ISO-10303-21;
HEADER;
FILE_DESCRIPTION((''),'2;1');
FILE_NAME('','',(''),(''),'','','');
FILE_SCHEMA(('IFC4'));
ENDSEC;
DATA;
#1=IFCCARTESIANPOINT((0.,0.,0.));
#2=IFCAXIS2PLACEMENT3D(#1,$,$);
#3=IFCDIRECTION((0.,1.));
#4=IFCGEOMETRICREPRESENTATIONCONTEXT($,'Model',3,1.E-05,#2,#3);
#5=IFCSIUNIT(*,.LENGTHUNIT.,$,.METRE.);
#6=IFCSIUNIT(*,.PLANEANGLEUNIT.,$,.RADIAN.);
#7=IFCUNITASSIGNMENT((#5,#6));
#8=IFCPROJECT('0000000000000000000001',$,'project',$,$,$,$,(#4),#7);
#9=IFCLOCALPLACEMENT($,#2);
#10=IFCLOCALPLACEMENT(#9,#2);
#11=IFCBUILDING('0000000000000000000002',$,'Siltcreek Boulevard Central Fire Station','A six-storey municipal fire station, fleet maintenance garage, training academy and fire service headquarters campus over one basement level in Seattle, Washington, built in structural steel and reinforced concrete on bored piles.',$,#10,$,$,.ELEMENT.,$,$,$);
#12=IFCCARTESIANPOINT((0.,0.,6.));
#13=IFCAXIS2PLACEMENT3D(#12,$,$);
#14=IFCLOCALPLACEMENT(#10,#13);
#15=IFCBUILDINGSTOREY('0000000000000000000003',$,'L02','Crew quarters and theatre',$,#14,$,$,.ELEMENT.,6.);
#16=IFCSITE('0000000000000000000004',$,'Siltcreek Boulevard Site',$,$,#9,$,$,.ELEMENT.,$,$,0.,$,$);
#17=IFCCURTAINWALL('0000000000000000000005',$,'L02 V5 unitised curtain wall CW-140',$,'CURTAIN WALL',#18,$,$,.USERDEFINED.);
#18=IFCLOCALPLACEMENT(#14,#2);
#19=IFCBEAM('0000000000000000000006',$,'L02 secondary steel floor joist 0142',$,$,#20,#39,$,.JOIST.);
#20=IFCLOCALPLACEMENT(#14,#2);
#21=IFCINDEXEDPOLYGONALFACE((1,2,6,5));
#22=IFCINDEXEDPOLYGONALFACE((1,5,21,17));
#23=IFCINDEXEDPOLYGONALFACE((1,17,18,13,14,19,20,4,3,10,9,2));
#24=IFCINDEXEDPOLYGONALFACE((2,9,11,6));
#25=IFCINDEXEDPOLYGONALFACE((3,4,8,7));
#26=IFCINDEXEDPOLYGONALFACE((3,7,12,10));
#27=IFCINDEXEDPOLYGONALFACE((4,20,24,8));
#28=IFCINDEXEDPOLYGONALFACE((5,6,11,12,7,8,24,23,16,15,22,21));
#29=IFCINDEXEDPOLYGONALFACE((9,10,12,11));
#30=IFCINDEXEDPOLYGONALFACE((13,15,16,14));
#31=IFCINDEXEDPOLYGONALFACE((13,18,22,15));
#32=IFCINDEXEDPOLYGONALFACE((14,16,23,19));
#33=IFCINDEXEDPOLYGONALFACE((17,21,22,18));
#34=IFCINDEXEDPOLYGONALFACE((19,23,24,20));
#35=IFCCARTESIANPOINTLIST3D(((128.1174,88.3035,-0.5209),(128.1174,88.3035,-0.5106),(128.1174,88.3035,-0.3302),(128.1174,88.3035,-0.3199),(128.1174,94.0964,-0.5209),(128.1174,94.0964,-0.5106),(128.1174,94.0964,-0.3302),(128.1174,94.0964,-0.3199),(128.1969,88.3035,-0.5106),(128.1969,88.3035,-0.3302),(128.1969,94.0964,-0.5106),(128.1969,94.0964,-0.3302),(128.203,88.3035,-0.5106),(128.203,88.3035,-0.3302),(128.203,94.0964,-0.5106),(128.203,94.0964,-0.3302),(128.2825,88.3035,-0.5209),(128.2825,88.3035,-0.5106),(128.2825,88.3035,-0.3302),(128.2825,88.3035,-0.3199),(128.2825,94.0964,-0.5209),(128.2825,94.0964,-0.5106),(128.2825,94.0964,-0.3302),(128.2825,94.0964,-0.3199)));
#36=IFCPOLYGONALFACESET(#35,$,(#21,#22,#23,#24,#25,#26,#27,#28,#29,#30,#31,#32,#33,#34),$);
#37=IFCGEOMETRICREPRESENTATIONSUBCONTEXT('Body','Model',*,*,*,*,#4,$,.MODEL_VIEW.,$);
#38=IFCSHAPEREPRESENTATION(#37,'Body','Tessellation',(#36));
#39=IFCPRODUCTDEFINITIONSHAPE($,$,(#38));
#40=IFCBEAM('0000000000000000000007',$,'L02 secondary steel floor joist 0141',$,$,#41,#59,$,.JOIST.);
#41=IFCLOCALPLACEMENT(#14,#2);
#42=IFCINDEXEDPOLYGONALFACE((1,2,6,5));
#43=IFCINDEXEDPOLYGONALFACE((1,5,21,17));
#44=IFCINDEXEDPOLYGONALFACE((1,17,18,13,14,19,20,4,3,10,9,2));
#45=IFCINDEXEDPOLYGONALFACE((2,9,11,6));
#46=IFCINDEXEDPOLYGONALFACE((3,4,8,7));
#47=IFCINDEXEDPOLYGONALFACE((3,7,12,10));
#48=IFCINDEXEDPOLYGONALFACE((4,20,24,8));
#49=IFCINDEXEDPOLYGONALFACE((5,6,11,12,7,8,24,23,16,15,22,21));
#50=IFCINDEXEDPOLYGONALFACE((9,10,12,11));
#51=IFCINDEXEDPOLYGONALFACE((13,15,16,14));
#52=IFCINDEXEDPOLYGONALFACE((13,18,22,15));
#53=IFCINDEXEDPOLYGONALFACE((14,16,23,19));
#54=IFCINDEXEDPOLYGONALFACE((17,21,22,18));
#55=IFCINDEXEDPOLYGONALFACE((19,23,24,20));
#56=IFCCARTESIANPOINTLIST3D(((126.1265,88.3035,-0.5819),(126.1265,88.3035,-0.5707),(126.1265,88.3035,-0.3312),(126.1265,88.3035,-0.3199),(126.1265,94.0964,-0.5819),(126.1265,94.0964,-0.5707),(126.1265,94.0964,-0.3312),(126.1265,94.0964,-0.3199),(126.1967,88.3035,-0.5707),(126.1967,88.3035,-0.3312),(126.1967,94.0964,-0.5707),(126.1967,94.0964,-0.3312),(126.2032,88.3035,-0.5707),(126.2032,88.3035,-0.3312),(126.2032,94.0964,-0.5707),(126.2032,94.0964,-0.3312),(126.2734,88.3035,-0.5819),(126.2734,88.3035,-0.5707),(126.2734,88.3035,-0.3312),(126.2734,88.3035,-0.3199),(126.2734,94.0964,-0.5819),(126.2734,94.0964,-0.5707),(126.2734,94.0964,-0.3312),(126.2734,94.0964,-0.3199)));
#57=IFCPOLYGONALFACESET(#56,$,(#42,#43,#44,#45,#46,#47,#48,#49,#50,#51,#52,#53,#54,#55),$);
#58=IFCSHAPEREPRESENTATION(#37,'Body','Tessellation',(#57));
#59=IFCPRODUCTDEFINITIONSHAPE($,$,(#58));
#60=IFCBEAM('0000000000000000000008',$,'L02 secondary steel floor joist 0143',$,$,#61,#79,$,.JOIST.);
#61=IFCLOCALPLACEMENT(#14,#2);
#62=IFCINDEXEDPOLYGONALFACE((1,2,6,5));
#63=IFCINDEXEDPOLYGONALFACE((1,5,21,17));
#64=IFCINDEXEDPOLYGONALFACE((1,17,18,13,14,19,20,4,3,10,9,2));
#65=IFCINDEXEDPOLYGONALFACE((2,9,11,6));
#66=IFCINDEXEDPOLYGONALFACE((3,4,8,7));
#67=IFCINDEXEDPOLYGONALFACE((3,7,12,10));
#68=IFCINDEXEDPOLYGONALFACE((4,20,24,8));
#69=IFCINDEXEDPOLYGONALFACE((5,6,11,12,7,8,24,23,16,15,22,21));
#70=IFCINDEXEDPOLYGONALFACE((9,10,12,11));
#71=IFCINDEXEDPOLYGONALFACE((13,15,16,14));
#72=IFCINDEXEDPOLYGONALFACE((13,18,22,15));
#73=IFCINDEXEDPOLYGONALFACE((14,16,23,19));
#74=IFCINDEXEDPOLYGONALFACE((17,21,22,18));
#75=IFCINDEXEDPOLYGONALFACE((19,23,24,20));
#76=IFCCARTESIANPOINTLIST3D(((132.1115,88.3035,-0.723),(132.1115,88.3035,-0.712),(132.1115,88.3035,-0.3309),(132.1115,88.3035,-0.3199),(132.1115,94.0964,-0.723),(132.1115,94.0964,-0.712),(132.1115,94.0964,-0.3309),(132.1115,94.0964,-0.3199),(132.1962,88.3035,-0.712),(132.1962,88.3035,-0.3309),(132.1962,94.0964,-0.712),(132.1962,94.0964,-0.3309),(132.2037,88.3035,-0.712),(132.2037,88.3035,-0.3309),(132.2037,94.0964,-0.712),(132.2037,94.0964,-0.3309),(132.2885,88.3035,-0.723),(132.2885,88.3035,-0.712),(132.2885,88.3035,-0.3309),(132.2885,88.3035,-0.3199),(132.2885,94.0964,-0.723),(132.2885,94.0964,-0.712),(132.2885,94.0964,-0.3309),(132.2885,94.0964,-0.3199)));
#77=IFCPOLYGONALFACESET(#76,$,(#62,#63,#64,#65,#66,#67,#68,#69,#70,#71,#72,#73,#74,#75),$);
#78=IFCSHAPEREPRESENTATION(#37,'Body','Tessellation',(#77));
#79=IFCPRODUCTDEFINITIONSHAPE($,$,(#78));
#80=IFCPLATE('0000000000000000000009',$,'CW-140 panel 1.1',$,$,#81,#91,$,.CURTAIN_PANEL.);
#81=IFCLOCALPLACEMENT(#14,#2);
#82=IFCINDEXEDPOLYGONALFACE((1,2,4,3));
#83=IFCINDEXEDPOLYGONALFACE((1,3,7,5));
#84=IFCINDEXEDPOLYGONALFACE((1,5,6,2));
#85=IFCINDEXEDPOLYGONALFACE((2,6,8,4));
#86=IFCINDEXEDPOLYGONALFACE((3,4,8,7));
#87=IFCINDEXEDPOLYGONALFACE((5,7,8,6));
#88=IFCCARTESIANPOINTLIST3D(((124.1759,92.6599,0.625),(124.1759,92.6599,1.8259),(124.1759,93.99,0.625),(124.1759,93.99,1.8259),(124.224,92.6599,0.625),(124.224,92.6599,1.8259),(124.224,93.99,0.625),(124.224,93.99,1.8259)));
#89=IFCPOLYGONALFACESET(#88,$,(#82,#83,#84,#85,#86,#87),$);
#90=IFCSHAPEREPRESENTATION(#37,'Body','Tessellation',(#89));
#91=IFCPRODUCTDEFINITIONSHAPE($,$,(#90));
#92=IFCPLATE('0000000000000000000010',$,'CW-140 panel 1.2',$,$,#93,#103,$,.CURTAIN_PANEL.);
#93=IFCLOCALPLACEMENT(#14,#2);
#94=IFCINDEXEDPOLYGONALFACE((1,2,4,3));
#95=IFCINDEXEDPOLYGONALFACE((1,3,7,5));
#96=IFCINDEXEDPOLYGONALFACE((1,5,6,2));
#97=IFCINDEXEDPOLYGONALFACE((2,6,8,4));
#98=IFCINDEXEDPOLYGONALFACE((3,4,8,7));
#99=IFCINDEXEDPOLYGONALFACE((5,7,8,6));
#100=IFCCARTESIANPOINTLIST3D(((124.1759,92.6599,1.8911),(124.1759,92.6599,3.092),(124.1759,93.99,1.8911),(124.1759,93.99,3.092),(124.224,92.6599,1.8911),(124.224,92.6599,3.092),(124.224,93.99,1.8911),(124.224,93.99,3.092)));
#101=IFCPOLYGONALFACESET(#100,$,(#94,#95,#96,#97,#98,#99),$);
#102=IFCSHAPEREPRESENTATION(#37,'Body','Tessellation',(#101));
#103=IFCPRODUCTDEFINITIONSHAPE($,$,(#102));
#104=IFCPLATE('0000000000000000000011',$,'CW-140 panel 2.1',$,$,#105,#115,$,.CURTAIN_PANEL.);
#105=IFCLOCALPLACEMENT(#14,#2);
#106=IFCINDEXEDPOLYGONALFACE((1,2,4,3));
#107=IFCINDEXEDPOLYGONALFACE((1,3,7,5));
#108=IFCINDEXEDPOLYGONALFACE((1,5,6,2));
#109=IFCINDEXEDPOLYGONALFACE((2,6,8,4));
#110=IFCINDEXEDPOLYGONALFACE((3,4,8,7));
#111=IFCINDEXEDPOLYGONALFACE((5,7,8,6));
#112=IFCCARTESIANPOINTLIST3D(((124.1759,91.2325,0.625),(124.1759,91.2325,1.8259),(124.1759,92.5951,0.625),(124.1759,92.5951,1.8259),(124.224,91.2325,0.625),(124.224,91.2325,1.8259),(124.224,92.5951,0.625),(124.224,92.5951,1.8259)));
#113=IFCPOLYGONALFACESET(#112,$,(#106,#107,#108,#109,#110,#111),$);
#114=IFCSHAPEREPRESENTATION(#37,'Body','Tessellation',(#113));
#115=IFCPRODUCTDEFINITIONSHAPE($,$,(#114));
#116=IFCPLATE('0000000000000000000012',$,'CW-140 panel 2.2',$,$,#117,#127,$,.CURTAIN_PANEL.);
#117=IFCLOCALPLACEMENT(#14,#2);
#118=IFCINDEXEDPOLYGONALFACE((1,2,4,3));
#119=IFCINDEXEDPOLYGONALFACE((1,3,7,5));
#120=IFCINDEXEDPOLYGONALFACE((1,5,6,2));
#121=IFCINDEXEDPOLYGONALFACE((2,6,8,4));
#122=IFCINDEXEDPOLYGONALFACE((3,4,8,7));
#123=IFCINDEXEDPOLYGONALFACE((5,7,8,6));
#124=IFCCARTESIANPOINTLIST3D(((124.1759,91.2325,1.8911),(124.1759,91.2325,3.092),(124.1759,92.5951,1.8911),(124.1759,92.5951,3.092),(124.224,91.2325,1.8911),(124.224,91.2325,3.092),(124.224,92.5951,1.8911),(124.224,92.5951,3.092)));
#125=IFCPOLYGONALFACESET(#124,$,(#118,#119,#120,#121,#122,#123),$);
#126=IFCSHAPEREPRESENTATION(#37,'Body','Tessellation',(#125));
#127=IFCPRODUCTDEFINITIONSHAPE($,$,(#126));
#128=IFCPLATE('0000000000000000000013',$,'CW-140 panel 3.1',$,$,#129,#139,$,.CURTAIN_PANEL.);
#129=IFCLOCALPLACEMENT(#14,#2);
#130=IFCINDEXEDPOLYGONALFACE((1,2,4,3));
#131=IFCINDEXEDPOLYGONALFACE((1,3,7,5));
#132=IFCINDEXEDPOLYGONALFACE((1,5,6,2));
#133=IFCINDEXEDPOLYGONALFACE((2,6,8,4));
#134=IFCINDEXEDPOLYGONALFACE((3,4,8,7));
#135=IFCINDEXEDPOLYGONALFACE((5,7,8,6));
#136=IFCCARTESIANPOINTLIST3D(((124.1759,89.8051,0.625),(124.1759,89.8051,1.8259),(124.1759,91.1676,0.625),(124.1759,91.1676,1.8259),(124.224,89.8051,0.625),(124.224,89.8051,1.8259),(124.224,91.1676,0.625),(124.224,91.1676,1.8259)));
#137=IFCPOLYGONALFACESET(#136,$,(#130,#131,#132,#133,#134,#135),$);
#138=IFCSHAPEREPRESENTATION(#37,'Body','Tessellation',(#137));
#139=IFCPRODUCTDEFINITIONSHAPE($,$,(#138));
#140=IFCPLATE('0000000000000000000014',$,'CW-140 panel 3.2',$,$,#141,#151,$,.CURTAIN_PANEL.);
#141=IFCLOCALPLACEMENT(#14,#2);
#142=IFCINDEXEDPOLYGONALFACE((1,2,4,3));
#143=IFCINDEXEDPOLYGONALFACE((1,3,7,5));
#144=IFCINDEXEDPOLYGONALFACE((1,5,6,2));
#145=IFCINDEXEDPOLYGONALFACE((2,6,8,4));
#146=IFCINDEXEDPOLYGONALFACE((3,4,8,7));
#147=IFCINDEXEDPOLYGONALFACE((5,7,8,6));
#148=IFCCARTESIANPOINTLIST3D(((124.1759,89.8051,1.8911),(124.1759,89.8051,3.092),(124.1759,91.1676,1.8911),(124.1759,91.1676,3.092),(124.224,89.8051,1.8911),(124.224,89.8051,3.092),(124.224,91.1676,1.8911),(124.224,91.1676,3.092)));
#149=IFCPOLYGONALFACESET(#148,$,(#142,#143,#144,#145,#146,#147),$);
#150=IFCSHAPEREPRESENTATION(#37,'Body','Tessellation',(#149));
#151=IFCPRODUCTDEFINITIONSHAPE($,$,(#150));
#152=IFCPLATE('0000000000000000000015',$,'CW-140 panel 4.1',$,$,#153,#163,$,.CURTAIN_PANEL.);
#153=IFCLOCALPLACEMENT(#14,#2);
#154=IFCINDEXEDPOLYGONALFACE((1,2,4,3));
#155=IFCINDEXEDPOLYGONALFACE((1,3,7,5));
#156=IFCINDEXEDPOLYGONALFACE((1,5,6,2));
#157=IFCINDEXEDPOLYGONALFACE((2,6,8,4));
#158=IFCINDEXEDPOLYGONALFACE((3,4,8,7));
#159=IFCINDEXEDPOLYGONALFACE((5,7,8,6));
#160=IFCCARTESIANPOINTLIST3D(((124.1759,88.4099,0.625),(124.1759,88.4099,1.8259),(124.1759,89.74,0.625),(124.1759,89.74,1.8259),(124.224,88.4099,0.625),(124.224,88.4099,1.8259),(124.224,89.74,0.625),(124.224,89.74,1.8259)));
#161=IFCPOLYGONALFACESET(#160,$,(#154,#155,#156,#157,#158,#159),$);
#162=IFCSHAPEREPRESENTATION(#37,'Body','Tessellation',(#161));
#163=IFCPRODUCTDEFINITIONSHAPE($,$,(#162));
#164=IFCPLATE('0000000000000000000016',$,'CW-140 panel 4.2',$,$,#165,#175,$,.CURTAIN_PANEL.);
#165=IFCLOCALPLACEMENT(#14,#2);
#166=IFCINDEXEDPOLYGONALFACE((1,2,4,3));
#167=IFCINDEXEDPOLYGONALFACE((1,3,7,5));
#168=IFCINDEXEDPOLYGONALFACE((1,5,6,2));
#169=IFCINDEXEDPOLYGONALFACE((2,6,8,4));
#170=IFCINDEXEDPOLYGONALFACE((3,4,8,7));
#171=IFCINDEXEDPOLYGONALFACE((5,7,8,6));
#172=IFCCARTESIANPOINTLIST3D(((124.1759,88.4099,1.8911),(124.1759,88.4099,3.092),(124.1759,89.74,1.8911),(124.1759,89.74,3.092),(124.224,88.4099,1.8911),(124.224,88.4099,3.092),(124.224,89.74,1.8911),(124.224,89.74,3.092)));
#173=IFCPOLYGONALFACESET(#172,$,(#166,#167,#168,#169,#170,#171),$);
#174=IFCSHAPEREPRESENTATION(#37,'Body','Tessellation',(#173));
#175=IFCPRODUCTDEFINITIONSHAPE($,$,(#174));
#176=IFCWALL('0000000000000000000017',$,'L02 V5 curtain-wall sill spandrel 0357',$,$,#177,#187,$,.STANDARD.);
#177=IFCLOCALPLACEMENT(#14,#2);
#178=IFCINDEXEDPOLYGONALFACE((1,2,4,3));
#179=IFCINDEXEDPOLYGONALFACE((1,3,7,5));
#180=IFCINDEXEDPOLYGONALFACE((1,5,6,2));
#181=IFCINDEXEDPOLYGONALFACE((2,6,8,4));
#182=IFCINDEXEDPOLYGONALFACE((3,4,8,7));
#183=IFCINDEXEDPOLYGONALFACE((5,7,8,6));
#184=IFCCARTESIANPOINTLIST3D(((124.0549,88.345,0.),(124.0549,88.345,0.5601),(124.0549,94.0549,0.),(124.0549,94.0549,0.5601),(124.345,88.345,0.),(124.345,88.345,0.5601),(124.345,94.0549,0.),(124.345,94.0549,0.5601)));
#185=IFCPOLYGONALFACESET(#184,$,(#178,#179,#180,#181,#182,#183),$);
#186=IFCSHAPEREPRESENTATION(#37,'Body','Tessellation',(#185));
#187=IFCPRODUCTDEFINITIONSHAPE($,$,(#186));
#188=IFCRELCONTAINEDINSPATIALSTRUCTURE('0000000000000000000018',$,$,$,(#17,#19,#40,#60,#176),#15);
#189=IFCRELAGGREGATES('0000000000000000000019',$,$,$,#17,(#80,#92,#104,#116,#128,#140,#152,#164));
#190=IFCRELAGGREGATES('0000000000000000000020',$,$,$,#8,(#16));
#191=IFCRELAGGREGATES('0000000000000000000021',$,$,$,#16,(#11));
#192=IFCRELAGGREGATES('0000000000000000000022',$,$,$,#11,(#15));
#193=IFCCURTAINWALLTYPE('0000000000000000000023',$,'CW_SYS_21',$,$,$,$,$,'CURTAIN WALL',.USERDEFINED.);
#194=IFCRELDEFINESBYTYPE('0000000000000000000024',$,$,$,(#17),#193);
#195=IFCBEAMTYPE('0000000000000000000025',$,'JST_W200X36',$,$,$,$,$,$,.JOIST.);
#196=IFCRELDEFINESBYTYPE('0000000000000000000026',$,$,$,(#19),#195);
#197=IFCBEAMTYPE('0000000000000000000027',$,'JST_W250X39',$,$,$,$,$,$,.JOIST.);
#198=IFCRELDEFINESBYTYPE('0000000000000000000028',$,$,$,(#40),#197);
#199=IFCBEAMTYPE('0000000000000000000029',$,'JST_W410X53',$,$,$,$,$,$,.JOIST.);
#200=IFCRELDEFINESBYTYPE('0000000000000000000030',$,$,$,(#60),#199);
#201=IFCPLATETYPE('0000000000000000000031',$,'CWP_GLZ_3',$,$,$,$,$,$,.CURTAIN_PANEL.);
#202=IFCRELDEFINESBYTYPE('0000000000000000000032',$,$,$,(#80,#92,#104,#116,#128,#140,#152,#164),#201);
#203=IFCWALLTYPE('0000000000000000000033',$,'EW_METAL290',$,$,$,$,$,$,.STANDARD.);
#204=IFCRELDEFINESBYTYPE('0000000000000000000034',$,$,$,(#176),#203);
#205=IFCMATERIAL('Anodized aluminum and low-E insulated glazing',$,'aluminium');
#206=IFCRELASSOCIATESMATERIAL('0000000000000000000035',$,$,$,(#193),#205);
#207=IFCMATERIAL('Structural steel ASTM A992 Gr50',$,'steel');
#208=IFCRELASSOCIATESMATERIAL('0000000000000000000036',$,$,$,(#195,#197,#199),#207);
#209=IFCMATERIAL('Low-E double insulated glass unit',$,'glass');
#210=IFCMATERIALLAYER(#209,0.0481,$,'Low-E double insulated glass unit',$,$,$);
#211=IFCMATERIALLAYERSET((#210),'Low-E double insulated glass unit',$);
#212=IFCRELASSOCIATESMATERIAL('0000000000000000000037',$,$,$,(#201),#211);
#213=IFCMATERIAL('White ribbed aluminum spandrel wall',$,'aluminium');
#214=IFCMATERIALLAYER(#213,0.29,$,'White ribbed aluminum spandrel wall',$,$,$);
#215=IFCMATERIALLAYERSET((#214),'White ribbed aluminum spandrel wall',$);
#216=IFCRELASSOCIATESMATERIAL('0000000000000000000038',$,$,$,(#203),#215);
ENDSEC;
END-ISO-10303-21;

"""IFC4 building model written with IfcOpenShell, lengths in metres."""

from ifc_helpers import new_model, si_unit, direction, frame, frame_2d, origin, origin_2d, place, context, subcontext, project, spatial, rectangle, i_section, extrude, material, layer, layer_set, material_profile, profile_set, type_object, element, aggregate, save


model = new_model("IFC4")

# Units and contexts
model_context = context("Model", 3, precision=1e-05, world=origin(), true_north=direction((0.0, 1.0)))
body_context = subcontext(model_context, "Body", "Model", "MODEL_VIEW")
ifc_project = project(units=[si_unit("LENGTHUNIT", "METRE"), si_unit("PLANEANGLEUNIT", "RADIAN")], contexts=[model_context])

# Site, building, storey
site_placement = place(None, origin())
site = spatial("IfcSite", under=ifc_project, at=site_placement, Name="Siltcreek Boulevard Site", CompositionType="ELEMENT", RefElevation=0.0)
building_placement = place(site_placement, origin())
building = spatial("IfcBuilding", under=site, at=building_placement, Name="Siltcreek Boulevard Central Fire Station", Description="A six-storey municipal fire station, fleet maintenance garage, training academy and fire service headquarters campus over one basement level in Seattle, Washington, built in structural steel and reinforced concrete on bored piles.", CompositionType="ELEMENT")
storey_placement = place(building_placement, frame((0.0, 0.0, 6.0)))
storey = spatial("IfcBuildingStorey", under=building, at=storey_placement, Name="L02", Description="Crew quarters and theatre", CompositionType="ELEMENT", Elevation=6.0)

# Shared definitions
ifc_material_1 = material(Name="Structural steel ASTM A992 Gr50", Category="steel")

# Curtain wall
ifc_material_2 = material(Name="Anodized aluminum and low-E insulated glazing", Category="aluminium")
curtain_wall_type = type_object("IfcCurtainWallType", Name="CW_SYS_21", ElementType="CURTAIN WALL", PredefinedType="USERDEFINED", material=ifc_material_2)
curtain_wall_placement = place(storey_placement, origin())
curtain_wall = element("IfcCurtainWall", 1, at=curtain_wall_placement, inside=storey, type_object=curtain_wall_type, Name="L02 V5 unitised curtain wall CW-140", ObjectType="CURTAIN WALL", PredefinedType="USERDEFINED")

# Beams
ifc_material_profile_1 = material_profile(ifc_material_1, i_section(OverallWidth=0.165, OverallDepth=0.2009, WebThickness=0.0061, FlangeThickness=0.0103, at=origin_2d()), Name="W200X36")
ifc_profile_set_1 = profile_set([ifc_material_profile_1], Name="Structural steel ASTM A992 Gr50")
beam_type_1 = type_object("IfcBeamType", Name="JST_W200X36", PredefinedType="JOIST", material=ifc_profile_set_1)
beam_1_placement = place(storey_placement, frame((128.2, 88.3035, -0.4204), z_axis=(0.0, 1.0, 0.0), x_axis=(-1.0, 0.0, 0.0)))
element("IfcBeam", 2, at=beam_1_placement, inside=storey, type_object=beam_type_1, Name="L02 secondary steel floor joist 0142", PredefinedType="JOIST", context=body_context, shape_type="SweptSolid", body=[
    extrude(i_section(OverallWidth=0.165, OverallDepth=0.2009, WebThickness=0.0061, FlangeThickness=0.0103, at=origin_2d()), origin(), (0.0, 0.0, 1.0), 5.793),
])
ifc_material_profile_2 = material_profile(ifc_material_1, i_section(OverallWidth=0.147, OverallDepth=0.262, WebThickness=0.0066, FlangeThickness=0.0112, at=origin_2d()), Name="W250X39")
ifc_profile_set_2 = profile_set([ifc_material_profile_2], Name="Structural steel ASTM A992 Gr50")
beam_type_2 = type_object("IfcBeamType", Name="JST_W250X39", PredefinedType="JOIST", material=ifc_profile_set_2)
beam_2_placement = place(storey_placement, frame((126.2, 88.3035, -0.4509), z_axis=(0.0, 1.0, 0.0), x_axis=(-1.0, 0.0, 0.0)))
element("IfcBeam", 3, at=beam_2_placement, inside=storey, type_object=beam_type_2, Name="L02 secondary steel floor joist 0141", PredefinedType="JOIST", context=body_context, shape_type="SweptSolid", body=[
    extrude(i_section(OverallWidth=0.147, OverallDepth=0.262, WebThickness=0.0066, FlangeThickness=0.0112, at=origin_2d()), origin(), (0.0, 0.0, 1.0), 5.793),
])
ifc_material_profile_3 = material_profile(ifc_material_1, i_section(OverallWidth=0.177, OverallDepth=0.4031, WebThickness=0.0076, FlangeThickness=0.011, at=origin_2d()), Name="W410X53")
ifc_profile_set_3 = profile_set([ifc_material_profile_3], Name="Structural steel ASTM A992 Gr50")
beam_type_3 = type_object("IfcBeamType", Name="JST_W410X53", PredefinedType="JOIST", material=ifc_profile_set_3)
beam_3_placement = place(storey_placement, frame((132.2, 88.3035, -0.5215), z_axis=(0.0, 1.0, 0.0), x_axis=(-1.0, 0.0, 0.0)))
element("IfcBeam", 4, at=beam_3_placement, inside=storey, type_object=beam_type_3, Name="L02 secondary steel floor joist 0143", PredefinedType="JOIST", context=body_context, shape_type="SweptSolid", body=[
    extrude(i_section(OverallWidth=0.177, OverallDepth=0.4031, WebThickness=0.0076, FlangeThickness=0.011, at=origin_2d()), origin(), (0.0, 0.0, 1.0), 5.793),
])

# Plates
ifc_material_3 = material(Name="Low-E double insulated glass unit", Category="glass")
ifc_layer_1 = layer(ifc_material_3, 0.0481, Name="Low-E double insulated glass unit")
ifc_layer_set_1 = layer_set([ifc_layer_1], Name="Low-E double insulated glass unit")
plate_type = type_object("IfcPlateType", Name="CWP_GLZ_3", PredefinedType="CURTAIN_PANEL", material=ifc_layer_set_1)
plate_1_placement = place(storey_placement, frame((124.2, 93.325, 0.625), z_axis=(0.0, 0.0, 1.0), x_axis=(0.0, -1.0, 0.0)))
plate_1 = element("IfcPlate", 5, at=plate_1_placement, type_object=plate_type, Name="CW-140 panel 1.1", PredefinedType="CURTAIN_PANEL", context=body_context, shape_type="SweptSolid", body=[
    extrude(rectangle(XDim=1.3301, YDim=0.0481, at=origin_2d()), origin(), (0.0, 0.0, 1.0), 1.2009),
])
plate_2_placement = place(storey_placement, frame((124.2, 93.325, 1.8911), z_axis=(0.0, 0.0, 1.0), x_axis=(0.0, -1.0, 0.0)))
plate_2 = element("IfcPlate", 6, at=plate_2_placement, type_object=plate_type, Name="CW-140 panel 1.2", PredefinedType="CURTAIN_PANEL", context=body_context, shape_type="SweptSolid", body=[
    extrude(rectangle(XDim=1.3301, YDim=0.0481, at=origin_2d()), origin(), (0.0, 0.0, 1.0), 1.2009),
])
plate_3_placement = place(storey_placement, frame((124.2, 91.9138, 0.625), z_axis=(0.0, 0.0, 1.0), x_axis=(0.0, -1.0, 0.0)))
plate_3 = element("IfcPlate", 7, at=plate_3_placement, type_object=plate_type, Name="CW-140 panel 2.1", PredefinedType="CURTAIN_PANEL", context=body_context, shape_type="SweptSolid", body=[
    extrude(rectangle(XDim=1.3625, YDim=0.0481, at=origin_2d()), origin(), (0.0, 0.0, 1.0), 1.2009),
])
plate_4_placement = place(storey_placement, frame((124.2, 91.9138, 1.8911), z_axis=(0.0, 0.0, 1.0), x_axis=(0.0, -1.0, 0.0)))
plate_4 = element("IfcPlate", 8, at=plate_4_placement, type_object=plate_type, Name="CW-140 panel 2.2", PredefinedType="CURTAIN_PANEL", context=body_context, shape_type="SweptSolid", body=[
    extrude(rectangle(XDim=1.3625, YDim=0.0481, at=origin_2d()), origin(), (0.0, 0.0, 1.0), 1.2009),
])
plate_5_placement = place(storey_placement, frame((124.2, 90.4863, 0.625), z_axis=(0.0, 0.0, 1.0), x_axis=(0.0, -1.0, 0.0)))
plate_5 = element("IfcPlate", 9, at=plate_5_placement, type_object=plate_type, Name="CW-140 panel 3.1", PredefinedType="CURTAIN_PANEL", context=body_context, shape_type="SweptSolid", body=[
    extrude(rectangle(XDim=1.3625, YDim=0.0481, at=origin_2d()), origin(), (0.0, 0.0, 1.0), 1.2009),
])
plate_6_placement = place(storey_placement, frame((124.2, 90.4863, 1.8911), z_axis=(0.0, 0.0, 1.0), x_axis=(0.0, -1.0, 0.0)))
plate_6 = element("IfcPlate", 10, at=plate_6_placement, type_object=plate_type, Name="CW-140 panel 3.2", PredefinedType="CURTAIN_PANEL", context=body_context, shape_type="SweptSolid", body=[
    extrude(rectangle(XDim=1.3625, YDim=0.0481, at=origin_2d()), origin(), (0.0, 0.0, 1.0), 1.2009),
])
plate_7_placement = place(storey_placement, frame((124.2, 89.075, 0.625), z_axis=(0.0, 0.0, 1.0), x_axis=(0.0, -1.0, 0.0)))
plate_7 = element("IfcPlate", 11, at=plate_7_placement, type_object=plate_type, Name="CW-140 panel 4.1", PredefinedType="CURTAIN_PANEL", context=body_context, shape_type="SweptSolid", body=[
    extrude(rectangle(XDim=1.3301, YDim=0.0481, at=origin_2d()), origin(), (0.0, 0.0, 1.0), 1.2009),
])
plate_8_placement = place(storey_placement, frame((124.2, 89.075, 1.8911), z_axis=(0.0, 0.0, 1.0), x_axis=(0.0, -1.0, 0.0)))
plate_8 = element("IfcPlate", 12, at=plate_8_placement, type_object=plate_type, Name="CW-140 panel 4.2", PredefinedType="CURTAIN_PANEL", context=body_context, shape_type="SweptSolid", body=[
    extrude(rectangle(XDim=1.3301, YDim=0.0481, at=origin_2d()), origin(), (0.0, 0.0, 1.0), 1.2009),
])
aggregate(curtain_wall, [plate_1, plate_2, plate_3, plate_4, plate_5, plate_6, plate_7, plate_8])

# Wall
ifc_material_4 = material(Name="White ribbed aluminum spandrel wall", Category="aluminium")
ifc_layer_2 = layer(ifc_material_4, 0.29, Name="White ribbed aluminum spandrel wall")
ifc_layer_set_2 = layer_set([ifc_layer_2], Name="White ribbed aluminum spandrel wall")
wall_type = type_object("IfcWallType", Name="EW_METAL290", PredefinedType="STANDARD", material=ifc_layer_set_2)
wall_placement = place(storey_placement, frame((124.2, 94.0549, 0.0), z_axis=(0.0, 0.0, 1.0), x_axis=(0.0, -1.0, 0.0)))
element("IfcWall", 13, at=wall_placement, inside=storey, type_object=wall_type, Name="L02 V5 curtain-wall sill spandrel 0357", PredefinedType="STANDARD", context=body_context, shape_type="SweptSolid", body=[
    extrude(rectangle(XDim=5.71, YDim=0.29, at=frame_2d((2.855, 0.0))), origin(), (0.0, 0.0, 1.0), 0.5601),
])

save(model, "model.ifc")
